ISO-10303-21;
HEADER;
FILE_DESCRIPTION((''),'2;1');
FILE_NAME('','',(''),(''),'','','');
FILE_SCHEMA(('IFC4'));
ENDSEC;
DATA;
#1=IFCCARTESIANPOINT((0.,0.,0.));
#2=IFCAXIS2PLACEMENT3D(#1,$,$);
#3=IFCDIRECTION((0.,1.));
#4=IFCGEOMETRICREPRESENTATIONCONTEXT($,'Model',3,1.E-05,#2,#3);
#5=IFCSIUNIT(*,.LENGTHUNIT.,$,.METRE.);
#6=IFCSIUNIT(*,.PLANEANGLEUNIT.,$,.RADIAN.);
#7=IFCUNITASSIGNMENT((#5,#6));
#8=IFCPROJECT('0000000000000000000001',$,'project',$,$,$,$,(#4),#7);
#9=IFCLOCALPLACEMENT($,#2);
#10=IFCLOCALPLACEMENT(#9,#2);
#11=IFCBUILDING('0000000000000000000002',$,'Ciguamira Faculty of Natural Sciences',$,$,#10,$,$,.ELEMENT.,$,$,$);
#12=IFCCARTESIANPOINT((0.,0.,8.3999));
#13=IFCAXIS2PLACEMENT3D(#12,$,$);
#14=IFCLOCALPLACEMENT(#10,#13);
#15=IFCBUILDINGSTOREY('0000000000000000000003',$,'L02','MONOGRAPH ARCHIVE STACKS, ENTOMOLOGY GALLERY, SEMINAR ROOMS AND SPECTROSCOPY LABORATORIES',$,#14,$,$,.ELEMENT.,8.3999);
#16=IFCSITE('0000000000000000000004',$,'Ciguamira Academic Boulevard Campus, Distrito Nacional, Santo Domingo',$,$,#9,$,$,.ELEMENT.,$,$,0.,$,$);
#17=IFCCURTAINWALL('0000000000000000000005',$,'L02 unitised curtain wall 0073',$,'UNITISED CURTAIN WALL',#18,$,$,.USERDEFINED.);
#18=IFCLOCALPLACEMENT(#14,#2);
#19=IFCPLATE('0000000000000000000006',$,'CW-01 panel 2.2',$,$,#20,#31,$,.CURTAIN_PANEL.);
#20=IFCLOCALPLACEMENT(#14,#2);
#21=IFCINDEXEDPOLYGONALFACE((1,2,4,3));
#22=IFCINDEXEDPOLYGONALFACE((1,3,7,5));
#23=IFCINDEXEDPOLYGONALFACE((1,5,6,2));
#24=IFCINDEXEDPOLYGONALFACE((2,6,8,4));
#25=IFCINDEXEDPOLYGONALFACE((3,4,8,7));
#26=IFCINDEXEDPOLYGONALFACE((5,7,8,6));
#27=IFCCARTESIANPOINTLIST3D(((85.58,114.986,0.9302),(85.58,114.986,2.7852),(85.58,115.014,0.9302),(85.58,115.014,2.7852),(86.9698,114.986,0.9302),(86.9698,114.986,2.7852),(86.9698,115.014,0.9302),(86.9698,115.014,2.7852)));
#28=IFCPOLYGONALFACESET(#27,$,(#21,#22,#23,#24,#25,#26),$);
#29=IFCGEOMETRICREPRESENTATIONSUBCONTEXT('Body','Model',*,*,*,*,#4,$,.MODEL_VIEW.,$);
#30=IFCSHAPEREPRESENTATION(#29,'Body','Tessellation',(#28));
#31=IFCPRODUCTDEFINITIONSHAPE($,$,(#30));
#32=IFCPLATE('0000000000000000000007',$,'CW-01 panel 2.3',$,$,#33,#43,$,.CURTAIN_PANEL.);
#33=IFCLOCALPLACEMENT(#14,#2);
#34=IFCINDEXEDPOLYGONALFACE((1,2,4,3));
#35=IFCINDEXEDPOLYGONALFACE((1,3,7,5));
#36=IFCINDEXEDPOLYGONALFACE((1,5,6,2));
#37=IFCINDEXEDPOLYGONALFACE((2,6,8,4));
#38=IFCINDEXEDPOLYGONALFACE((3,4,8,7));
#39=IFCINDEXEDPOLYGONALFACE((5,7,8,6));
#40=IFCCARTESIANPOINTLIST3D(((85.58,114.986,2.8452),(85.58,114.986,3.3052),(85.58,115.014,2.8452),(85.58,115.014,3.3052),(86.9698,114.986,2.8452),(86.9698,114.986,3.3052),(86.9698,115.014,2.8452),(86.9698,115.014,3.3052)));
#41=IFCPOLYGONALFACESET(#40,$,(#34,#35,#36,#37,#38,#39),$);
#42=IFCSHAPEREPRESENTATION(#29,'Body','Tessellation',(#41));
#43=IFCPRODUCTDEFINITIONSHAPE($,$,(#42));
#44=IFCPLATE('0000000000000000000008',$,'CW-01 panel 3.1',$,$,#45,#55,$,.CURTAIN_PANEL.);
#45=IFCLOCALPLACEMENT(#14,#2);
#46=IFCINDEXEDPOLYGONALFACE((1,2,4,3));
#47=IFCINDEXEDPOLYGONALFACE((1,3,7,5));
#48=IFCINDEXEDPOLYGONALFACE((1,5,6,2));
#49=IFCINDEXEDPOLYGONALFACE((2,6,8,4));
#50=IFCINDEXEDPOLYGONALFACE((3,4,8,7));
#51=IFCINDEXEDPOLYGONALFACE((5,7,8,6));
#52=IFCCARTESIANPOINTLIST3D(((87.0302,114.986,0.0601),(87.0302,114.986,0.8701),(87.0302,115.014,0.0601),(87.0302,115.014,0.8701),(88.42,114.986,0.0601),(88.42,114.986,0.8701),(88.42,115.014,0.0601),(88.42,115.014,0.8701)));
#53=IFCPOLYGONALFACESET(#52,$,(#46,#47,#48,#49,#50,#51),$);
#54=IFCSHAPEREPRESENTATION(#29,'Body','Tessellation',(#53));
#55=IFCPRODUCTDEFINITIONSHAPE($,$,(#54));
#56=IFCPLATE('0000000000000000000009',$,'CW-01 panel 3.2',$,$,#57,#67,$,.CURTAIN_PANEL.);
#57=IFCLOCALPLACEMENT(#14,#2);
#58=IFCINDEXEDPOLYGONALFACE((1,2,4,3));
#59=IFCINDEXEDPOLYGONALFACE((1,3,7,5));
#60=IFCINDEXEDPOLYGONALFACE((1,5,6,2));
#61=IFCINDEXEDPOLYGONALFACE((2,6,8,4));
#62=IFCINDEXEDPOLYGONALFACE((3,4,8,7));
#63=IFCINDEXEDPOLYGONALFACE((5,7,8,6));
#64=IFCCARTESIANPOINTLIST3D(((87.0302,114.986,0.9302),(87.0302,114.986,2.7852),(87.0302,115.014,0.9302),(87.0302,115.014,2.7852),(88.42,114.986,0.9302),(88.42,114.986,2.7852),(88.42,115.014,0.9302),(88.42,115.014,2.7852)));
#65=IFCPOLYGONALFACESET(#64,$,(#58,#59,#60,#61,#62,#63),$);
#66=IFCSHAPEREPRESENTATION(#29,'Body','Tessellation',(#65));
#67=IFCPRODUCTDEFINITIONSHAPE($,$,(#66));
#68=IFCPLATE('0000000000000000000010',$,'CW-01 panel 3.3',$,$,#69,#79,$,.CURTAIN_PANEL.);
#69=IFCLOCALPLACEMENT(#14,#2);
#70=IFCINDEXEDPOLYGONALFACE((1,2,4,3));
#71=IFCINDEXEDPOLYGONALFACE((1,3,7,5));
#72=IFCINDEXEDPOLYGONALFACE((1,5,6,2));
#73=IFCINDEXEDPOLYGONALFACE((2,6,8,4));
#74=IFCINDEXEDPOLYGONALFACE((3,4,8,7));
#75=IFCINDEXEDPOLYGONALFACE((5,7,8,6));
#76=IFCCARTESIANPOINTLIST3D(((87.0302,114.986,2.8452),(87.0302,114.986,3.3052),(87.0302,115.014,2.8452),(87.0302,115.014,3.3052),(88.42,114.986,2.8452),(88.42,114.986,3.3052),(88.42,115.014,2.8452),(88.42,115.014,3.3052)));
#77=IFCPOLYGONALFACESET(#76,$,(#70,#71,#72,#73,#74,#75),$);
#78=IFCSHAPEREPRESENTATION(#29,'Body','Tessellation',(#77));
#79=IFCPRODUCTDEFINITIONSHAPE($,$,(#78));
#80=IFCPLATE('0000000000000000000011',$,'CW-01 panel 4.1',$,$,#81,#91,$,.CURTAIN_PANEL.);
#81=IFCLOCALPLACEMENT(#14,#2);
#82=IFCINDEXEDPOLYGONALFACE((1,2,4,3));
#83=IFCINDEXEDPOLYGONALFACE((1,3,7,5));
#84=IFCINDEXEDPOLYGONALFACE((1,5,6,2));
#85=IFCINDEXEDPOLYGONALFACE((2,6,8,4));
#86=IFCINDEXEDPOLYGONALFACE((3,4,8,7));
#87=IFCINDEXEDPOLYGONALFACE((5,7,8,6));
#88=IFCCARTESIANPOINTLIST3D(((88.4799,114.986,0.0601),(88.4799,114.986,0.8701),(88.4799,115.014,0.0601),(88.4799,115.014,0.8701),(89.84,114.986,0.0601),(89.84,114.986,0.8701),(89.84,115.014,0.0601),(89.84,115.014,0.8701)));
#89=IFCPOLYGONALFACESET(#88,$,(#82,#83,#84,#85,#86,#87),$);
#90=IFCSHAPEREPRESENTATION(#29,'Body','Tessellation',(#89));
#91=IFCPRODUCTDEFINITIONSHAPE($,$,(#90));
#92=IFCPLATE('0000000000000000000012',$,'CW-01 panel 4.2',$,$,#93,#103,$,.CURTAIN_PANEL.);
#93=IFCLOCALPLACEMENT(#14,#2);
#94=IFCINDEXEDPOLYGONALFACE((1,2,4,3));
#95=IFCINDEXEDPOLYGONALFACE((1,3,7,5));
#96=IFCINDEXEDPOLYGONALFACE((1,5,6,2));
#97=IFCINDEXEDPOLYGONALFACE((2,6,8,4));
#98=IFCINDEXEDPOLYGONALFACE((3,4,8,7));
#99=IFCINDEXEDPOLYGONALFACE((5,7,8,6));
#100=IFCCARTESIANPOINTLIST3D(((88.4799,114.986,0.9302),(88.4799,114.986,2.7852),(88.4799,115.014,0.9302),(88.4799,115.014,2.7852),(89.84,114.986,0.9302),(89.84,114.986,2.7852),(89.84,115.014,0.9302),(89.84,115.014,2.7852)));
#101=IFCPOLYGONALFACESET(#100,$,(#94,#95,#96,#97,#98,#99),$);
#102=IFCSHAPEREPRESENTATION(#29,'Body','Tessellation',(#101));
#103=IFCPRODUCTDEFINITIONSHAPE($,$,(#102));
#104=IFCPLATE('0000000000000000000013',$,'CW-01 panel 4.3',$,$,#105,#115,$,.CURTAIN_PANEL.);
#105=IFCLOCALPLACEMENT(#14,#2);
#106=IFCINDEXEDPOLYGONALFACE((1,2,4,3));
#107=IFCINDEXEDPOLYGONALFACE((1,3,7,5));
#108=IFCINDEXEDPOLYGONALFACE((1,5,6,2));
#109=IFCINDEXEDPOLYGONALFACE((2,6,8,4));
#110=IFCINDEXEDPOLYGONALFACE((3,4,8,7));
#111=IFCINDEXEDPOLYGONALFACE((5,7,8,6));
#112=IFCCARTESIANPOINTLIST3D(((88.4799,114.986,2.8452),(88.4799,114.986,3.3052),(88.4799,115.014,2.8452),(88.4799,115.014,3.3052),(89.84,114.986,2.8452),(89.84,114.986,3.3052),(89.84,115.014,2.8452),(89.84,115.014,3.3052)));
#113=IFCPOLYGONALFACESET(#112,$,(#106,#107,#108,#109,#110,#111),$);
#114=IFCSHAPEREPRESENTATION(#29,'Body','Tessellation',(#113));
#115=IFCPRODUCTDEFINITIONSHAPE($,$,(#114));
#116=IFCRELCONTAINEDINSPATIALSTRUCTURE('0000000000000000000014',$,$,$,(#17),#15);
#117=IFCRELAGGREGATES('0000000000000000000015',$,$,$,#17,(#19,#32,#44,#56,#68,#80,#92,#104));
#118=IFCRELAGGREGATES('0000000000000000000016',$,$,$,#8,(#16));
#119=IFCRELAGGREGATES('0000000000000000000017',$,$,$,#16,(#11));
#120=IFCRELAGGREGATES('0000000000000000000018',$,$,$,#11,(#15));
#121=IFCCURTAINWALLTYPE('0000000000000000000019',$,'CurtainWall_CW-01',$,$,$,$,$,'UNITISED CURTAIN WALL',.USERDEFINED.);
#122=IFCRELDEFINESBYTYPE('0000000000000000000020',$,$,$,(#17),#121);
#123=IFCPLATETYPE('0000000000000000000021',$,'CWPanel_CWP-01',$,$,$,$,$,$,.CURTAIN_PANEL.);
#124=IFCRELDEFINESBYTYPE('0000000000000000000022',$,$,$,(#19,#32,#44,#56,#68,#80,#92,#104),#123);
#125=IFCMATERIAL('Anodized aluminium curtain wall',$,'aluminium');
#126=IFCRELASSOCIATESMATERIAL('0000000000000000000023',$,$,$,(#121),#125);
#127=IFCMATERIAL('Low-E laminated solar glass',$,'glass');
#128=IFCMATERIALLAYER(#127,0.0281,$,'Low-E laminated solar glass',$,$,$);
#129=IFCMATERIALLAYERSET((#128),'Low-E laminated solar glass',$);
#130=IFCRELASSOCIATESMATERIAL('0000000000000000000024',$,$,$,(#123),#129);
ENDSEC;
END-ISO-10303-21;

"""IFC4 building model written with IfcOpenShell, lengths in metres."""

from ifc_helpers import new_model, si_unit, direction, frame, origin, origin_2d, place, context, subcontext, project, spatial, rectangle, extrude, material, layer, layer_set, type_object, element, aggregate, save


model = new_model("IFC4")

# Units and contexts
model_context = context("Model", 3, precision=1e-05, world=origin(), true_north=direction((0.0, 1.0)))
body_context = subcontext(model_context, "Body", "Model", "MODEL_VIEW")
ifc_project = project(units=[si_unit("LENGTHUNIT", "METRE"), si_unit("PLANEANGLEUNIT", "RADIAN")], contexts=[model_context])

# Site, building, storey
site_placement = place(None, origin())
site = spatial("IfcSite", under=ifc_project, at=site_placement, Name="Ciguamira Academic Boulevard Campus, Distrito Nacional, Santo Domingo", CompositionType="ELEMENT", RefElevation=0.0)
building_placement = place(site_placement, origin())
building = spatial("IfcBuilding", under=site, at=building_placement, Name="Ciguamira Faculty of Natural Sciences", CompositionType="ELEMENT")
storey_placement = place(building_placement, frame((0.0, 0.0, 8.3999)))
storey = spatial("IfcBuildingStorey", under=building, at=storey_placement, Name="L02", Description="MONOGRAPH ARCHIVE STACKS, ENTOMOLOGY GALLERY, SEMINAR ROOMS AND SPECTROSCOPY LABORATORIES", CompositionType="ELEMENT", Elevation=8.3999)

# Curtain wall, plates
ifc_material_1 = material(Name="Anodized aluminium curtain wall", Category="aluminium")
curtain_wall_type = type_object("IfcCurtainWallType", Name="CurtainWall_CW-01", ElementType="UNITISED CURTAIN WALL", PredefinedType="USERDEFINED", material=ifc_material_1)
curtain_wall_placement = place(storey_placement, origin())
curtain_wall = element("IfcCurtainWall", 1, at=curtain_wall_placement, inside=storey, type_object=curtain_wall_type, Name="L02 unitised curtain wall 0073", ObjectType="UNITISED CURTAIN WALL", PredefinedType="USERDEFINED")
ifc_material_2 = material(Name="Low-E laminated solar glass", Category="glass")
ifc_layer = layer(ifc_material_2, 0.0281, Name="Low-E laminated solar glass")
ifc_layer_set = layer_set([ifc_layer], Name="Low-E laminated solar glass")
plate_type = type_object("IfcPlateType", Name="CWPanel_CWP-01", PredefinedType="CURTAIN_PANEL", material=ifc_layer_set)
plate_1_placement = place(storey_placement, frame((86.2749, 115.0, 0.9302), z_axis=(0.0, 0.0, 1.0), x_axis=(1.0, 0.0, 0.0)))
plate_1 = element("IfcPlate", 2, at=plate_1_placement, type_object=plate_type, Name="CW-01 panel 2.2", PredefinedType="CURTAIN_PANEL", context=body_context, shape_type="SweptSolid", body=[
    extrude(rectangle(XDim=1.3899, YDim=0.0281, at=origin_2d()), origin(), (0.0, 0.0, 1.0), 1.855),
])
plate_2_placement = place(storey_placement, frame((86.2749, 115.0, 2.8452), z_axis=(0.0, 0.0, 1.0), x_axis=(1.0, 0.0, 0.0)))
plate_2 = element("IfcPlate", 3, at=plate_2_placement, type_object=plate_type, Name="CW-01 panel 2.3", PredefinedType="CURTAIN_PANEL", context=body_context, shape_type="SweptSolid", body=[
    extrude(rectangle(XDim=1.3899, YDim=0.0281, at=origin_2d()), origin(), (0.0, 0.0, 1.0), 0.46),
])
plate_3_placement = place(storey_placement, frame((87.7251, 115.0, 0.0601), z_axis=(0.0, 0.0, 1.0), x_axis=(1.0, 0.0, 0.0)))
plate_3 = element("IfcPlate", 4, at=plate_3_placement, type_object=plate_type, Name="CW-01 panel 3.1", PredefinedType="CURTAIN_PANEL", context=body_context, shape_type="SweptSolid", body=[
    extrude(rectangle(XDim=1.3899, YDim=0.0281, at=origin_2d()), origin(), (0.0, 0.0, 1.0), 0.8101),
])
plate_4_placement = place(storey_placement, frame((87.7251, 115.0, 0.9302), z_axis=(0.0, 0.0, 1.0), x_axis=(1.0, 0.0, 0.0)))
plate_4 = element("IfcPlate", 5, at=plate_4_placement, type_object=plate_type, Name="CW-01 panel 3.2", PredefinedType="CURTAIN_PANEL", context=body_context, shape_type="SweptSolid", body=[
    extrude(rectangle(XDim=1.3899, YDim=0.0281, at=origin_2d()), origin(), (0.0, 0.0, 1.0), 1.855),
])
plate_5_placement = place(storey_placement, frame((87.7251, 115.0, 2.8452), z_axis=(0.0, 0.0, 1.0), x_axis=(1.0, 0.0, 0.0)))
plate_5 = element("IfcPlate", 6, at=plate_5_placement, type_object=plate_type, Name="CW-01 panel 3.3", PredefinedType="CURTAIN_PANEL", context=body_context, shape_type="SweptSolid", body=[
    extrude(rectangle(XDim=1.3899, YDim=0.0281, at=origin_2d()), origin(), (0.0, 0.0, 1.0), 0.46),
])
plate_6_placement = place(storey_placement, frame((89.1599, 115.0, 0.0601), z_axis=(0.0, 0.0, 1.0), x_axis=(1.0, 0.0, 0.0)))
plate_6 = element("IfcPlate", 7, at=plate_6_placement, type_object=plate_type, Name="CW-01 panel 4.1", PredefinedType="CURTAIN_PANEL", context=body_context, shape_type="SweptSolid", body=[
    extrude(rectangle(XDim=1.3601, YDim=0.0281, at=origin_2d()), origin(), (0.0, 0.0, 1.0), 0.8101),
])
plate_7_placement = place(storey_placement, frame((89.1599, 115.0, 0.9302), z_axis=(0.0, 0.0, 1.0), x_axis=(1.0, 0.0, 0.0)))
plate_7 = element("IfcPlate", 8, at=plate_7_placement, type_object=plate_type, Name="CW-01 panel 4.2", PredefinedType="CURTAIN_PANEL", context=body_context, shape_type="SweptSolid", body=[
    extrude(rectangle(XDim=1.3601, YDim=0.0281, at=origin_2d()), origin(), (0.0, 0.0, 1.0), 1.855),
])
plate_8_placement = place(storey_placement, frame((89.1599, 115.0, 2.8452), z_axis=(0.0, 0.0, 1.0), x_axis=(1.0, 0.0, 0.0)))
plate_8 = element("IfcPlate", 9, at=plate_8_placement, type_object=plate_type, Name="CW-01 panel 4.3", PredefinedType="CURTAIN_PANEL", context=body_context, shape_type="SweptSolid", body=[
    extrude(rectangle(XDim=1.3601, YDim=0.0281, at=origin_2d()), origin(), (0.0, 0.0, 1.0), 0.46),
])
aggregate(curtain_wall, [plate_1, plate_2, plate_3, plate_4, plate_5, plate_6, plate_7, plate_8])

save(model, "model.ifc")
